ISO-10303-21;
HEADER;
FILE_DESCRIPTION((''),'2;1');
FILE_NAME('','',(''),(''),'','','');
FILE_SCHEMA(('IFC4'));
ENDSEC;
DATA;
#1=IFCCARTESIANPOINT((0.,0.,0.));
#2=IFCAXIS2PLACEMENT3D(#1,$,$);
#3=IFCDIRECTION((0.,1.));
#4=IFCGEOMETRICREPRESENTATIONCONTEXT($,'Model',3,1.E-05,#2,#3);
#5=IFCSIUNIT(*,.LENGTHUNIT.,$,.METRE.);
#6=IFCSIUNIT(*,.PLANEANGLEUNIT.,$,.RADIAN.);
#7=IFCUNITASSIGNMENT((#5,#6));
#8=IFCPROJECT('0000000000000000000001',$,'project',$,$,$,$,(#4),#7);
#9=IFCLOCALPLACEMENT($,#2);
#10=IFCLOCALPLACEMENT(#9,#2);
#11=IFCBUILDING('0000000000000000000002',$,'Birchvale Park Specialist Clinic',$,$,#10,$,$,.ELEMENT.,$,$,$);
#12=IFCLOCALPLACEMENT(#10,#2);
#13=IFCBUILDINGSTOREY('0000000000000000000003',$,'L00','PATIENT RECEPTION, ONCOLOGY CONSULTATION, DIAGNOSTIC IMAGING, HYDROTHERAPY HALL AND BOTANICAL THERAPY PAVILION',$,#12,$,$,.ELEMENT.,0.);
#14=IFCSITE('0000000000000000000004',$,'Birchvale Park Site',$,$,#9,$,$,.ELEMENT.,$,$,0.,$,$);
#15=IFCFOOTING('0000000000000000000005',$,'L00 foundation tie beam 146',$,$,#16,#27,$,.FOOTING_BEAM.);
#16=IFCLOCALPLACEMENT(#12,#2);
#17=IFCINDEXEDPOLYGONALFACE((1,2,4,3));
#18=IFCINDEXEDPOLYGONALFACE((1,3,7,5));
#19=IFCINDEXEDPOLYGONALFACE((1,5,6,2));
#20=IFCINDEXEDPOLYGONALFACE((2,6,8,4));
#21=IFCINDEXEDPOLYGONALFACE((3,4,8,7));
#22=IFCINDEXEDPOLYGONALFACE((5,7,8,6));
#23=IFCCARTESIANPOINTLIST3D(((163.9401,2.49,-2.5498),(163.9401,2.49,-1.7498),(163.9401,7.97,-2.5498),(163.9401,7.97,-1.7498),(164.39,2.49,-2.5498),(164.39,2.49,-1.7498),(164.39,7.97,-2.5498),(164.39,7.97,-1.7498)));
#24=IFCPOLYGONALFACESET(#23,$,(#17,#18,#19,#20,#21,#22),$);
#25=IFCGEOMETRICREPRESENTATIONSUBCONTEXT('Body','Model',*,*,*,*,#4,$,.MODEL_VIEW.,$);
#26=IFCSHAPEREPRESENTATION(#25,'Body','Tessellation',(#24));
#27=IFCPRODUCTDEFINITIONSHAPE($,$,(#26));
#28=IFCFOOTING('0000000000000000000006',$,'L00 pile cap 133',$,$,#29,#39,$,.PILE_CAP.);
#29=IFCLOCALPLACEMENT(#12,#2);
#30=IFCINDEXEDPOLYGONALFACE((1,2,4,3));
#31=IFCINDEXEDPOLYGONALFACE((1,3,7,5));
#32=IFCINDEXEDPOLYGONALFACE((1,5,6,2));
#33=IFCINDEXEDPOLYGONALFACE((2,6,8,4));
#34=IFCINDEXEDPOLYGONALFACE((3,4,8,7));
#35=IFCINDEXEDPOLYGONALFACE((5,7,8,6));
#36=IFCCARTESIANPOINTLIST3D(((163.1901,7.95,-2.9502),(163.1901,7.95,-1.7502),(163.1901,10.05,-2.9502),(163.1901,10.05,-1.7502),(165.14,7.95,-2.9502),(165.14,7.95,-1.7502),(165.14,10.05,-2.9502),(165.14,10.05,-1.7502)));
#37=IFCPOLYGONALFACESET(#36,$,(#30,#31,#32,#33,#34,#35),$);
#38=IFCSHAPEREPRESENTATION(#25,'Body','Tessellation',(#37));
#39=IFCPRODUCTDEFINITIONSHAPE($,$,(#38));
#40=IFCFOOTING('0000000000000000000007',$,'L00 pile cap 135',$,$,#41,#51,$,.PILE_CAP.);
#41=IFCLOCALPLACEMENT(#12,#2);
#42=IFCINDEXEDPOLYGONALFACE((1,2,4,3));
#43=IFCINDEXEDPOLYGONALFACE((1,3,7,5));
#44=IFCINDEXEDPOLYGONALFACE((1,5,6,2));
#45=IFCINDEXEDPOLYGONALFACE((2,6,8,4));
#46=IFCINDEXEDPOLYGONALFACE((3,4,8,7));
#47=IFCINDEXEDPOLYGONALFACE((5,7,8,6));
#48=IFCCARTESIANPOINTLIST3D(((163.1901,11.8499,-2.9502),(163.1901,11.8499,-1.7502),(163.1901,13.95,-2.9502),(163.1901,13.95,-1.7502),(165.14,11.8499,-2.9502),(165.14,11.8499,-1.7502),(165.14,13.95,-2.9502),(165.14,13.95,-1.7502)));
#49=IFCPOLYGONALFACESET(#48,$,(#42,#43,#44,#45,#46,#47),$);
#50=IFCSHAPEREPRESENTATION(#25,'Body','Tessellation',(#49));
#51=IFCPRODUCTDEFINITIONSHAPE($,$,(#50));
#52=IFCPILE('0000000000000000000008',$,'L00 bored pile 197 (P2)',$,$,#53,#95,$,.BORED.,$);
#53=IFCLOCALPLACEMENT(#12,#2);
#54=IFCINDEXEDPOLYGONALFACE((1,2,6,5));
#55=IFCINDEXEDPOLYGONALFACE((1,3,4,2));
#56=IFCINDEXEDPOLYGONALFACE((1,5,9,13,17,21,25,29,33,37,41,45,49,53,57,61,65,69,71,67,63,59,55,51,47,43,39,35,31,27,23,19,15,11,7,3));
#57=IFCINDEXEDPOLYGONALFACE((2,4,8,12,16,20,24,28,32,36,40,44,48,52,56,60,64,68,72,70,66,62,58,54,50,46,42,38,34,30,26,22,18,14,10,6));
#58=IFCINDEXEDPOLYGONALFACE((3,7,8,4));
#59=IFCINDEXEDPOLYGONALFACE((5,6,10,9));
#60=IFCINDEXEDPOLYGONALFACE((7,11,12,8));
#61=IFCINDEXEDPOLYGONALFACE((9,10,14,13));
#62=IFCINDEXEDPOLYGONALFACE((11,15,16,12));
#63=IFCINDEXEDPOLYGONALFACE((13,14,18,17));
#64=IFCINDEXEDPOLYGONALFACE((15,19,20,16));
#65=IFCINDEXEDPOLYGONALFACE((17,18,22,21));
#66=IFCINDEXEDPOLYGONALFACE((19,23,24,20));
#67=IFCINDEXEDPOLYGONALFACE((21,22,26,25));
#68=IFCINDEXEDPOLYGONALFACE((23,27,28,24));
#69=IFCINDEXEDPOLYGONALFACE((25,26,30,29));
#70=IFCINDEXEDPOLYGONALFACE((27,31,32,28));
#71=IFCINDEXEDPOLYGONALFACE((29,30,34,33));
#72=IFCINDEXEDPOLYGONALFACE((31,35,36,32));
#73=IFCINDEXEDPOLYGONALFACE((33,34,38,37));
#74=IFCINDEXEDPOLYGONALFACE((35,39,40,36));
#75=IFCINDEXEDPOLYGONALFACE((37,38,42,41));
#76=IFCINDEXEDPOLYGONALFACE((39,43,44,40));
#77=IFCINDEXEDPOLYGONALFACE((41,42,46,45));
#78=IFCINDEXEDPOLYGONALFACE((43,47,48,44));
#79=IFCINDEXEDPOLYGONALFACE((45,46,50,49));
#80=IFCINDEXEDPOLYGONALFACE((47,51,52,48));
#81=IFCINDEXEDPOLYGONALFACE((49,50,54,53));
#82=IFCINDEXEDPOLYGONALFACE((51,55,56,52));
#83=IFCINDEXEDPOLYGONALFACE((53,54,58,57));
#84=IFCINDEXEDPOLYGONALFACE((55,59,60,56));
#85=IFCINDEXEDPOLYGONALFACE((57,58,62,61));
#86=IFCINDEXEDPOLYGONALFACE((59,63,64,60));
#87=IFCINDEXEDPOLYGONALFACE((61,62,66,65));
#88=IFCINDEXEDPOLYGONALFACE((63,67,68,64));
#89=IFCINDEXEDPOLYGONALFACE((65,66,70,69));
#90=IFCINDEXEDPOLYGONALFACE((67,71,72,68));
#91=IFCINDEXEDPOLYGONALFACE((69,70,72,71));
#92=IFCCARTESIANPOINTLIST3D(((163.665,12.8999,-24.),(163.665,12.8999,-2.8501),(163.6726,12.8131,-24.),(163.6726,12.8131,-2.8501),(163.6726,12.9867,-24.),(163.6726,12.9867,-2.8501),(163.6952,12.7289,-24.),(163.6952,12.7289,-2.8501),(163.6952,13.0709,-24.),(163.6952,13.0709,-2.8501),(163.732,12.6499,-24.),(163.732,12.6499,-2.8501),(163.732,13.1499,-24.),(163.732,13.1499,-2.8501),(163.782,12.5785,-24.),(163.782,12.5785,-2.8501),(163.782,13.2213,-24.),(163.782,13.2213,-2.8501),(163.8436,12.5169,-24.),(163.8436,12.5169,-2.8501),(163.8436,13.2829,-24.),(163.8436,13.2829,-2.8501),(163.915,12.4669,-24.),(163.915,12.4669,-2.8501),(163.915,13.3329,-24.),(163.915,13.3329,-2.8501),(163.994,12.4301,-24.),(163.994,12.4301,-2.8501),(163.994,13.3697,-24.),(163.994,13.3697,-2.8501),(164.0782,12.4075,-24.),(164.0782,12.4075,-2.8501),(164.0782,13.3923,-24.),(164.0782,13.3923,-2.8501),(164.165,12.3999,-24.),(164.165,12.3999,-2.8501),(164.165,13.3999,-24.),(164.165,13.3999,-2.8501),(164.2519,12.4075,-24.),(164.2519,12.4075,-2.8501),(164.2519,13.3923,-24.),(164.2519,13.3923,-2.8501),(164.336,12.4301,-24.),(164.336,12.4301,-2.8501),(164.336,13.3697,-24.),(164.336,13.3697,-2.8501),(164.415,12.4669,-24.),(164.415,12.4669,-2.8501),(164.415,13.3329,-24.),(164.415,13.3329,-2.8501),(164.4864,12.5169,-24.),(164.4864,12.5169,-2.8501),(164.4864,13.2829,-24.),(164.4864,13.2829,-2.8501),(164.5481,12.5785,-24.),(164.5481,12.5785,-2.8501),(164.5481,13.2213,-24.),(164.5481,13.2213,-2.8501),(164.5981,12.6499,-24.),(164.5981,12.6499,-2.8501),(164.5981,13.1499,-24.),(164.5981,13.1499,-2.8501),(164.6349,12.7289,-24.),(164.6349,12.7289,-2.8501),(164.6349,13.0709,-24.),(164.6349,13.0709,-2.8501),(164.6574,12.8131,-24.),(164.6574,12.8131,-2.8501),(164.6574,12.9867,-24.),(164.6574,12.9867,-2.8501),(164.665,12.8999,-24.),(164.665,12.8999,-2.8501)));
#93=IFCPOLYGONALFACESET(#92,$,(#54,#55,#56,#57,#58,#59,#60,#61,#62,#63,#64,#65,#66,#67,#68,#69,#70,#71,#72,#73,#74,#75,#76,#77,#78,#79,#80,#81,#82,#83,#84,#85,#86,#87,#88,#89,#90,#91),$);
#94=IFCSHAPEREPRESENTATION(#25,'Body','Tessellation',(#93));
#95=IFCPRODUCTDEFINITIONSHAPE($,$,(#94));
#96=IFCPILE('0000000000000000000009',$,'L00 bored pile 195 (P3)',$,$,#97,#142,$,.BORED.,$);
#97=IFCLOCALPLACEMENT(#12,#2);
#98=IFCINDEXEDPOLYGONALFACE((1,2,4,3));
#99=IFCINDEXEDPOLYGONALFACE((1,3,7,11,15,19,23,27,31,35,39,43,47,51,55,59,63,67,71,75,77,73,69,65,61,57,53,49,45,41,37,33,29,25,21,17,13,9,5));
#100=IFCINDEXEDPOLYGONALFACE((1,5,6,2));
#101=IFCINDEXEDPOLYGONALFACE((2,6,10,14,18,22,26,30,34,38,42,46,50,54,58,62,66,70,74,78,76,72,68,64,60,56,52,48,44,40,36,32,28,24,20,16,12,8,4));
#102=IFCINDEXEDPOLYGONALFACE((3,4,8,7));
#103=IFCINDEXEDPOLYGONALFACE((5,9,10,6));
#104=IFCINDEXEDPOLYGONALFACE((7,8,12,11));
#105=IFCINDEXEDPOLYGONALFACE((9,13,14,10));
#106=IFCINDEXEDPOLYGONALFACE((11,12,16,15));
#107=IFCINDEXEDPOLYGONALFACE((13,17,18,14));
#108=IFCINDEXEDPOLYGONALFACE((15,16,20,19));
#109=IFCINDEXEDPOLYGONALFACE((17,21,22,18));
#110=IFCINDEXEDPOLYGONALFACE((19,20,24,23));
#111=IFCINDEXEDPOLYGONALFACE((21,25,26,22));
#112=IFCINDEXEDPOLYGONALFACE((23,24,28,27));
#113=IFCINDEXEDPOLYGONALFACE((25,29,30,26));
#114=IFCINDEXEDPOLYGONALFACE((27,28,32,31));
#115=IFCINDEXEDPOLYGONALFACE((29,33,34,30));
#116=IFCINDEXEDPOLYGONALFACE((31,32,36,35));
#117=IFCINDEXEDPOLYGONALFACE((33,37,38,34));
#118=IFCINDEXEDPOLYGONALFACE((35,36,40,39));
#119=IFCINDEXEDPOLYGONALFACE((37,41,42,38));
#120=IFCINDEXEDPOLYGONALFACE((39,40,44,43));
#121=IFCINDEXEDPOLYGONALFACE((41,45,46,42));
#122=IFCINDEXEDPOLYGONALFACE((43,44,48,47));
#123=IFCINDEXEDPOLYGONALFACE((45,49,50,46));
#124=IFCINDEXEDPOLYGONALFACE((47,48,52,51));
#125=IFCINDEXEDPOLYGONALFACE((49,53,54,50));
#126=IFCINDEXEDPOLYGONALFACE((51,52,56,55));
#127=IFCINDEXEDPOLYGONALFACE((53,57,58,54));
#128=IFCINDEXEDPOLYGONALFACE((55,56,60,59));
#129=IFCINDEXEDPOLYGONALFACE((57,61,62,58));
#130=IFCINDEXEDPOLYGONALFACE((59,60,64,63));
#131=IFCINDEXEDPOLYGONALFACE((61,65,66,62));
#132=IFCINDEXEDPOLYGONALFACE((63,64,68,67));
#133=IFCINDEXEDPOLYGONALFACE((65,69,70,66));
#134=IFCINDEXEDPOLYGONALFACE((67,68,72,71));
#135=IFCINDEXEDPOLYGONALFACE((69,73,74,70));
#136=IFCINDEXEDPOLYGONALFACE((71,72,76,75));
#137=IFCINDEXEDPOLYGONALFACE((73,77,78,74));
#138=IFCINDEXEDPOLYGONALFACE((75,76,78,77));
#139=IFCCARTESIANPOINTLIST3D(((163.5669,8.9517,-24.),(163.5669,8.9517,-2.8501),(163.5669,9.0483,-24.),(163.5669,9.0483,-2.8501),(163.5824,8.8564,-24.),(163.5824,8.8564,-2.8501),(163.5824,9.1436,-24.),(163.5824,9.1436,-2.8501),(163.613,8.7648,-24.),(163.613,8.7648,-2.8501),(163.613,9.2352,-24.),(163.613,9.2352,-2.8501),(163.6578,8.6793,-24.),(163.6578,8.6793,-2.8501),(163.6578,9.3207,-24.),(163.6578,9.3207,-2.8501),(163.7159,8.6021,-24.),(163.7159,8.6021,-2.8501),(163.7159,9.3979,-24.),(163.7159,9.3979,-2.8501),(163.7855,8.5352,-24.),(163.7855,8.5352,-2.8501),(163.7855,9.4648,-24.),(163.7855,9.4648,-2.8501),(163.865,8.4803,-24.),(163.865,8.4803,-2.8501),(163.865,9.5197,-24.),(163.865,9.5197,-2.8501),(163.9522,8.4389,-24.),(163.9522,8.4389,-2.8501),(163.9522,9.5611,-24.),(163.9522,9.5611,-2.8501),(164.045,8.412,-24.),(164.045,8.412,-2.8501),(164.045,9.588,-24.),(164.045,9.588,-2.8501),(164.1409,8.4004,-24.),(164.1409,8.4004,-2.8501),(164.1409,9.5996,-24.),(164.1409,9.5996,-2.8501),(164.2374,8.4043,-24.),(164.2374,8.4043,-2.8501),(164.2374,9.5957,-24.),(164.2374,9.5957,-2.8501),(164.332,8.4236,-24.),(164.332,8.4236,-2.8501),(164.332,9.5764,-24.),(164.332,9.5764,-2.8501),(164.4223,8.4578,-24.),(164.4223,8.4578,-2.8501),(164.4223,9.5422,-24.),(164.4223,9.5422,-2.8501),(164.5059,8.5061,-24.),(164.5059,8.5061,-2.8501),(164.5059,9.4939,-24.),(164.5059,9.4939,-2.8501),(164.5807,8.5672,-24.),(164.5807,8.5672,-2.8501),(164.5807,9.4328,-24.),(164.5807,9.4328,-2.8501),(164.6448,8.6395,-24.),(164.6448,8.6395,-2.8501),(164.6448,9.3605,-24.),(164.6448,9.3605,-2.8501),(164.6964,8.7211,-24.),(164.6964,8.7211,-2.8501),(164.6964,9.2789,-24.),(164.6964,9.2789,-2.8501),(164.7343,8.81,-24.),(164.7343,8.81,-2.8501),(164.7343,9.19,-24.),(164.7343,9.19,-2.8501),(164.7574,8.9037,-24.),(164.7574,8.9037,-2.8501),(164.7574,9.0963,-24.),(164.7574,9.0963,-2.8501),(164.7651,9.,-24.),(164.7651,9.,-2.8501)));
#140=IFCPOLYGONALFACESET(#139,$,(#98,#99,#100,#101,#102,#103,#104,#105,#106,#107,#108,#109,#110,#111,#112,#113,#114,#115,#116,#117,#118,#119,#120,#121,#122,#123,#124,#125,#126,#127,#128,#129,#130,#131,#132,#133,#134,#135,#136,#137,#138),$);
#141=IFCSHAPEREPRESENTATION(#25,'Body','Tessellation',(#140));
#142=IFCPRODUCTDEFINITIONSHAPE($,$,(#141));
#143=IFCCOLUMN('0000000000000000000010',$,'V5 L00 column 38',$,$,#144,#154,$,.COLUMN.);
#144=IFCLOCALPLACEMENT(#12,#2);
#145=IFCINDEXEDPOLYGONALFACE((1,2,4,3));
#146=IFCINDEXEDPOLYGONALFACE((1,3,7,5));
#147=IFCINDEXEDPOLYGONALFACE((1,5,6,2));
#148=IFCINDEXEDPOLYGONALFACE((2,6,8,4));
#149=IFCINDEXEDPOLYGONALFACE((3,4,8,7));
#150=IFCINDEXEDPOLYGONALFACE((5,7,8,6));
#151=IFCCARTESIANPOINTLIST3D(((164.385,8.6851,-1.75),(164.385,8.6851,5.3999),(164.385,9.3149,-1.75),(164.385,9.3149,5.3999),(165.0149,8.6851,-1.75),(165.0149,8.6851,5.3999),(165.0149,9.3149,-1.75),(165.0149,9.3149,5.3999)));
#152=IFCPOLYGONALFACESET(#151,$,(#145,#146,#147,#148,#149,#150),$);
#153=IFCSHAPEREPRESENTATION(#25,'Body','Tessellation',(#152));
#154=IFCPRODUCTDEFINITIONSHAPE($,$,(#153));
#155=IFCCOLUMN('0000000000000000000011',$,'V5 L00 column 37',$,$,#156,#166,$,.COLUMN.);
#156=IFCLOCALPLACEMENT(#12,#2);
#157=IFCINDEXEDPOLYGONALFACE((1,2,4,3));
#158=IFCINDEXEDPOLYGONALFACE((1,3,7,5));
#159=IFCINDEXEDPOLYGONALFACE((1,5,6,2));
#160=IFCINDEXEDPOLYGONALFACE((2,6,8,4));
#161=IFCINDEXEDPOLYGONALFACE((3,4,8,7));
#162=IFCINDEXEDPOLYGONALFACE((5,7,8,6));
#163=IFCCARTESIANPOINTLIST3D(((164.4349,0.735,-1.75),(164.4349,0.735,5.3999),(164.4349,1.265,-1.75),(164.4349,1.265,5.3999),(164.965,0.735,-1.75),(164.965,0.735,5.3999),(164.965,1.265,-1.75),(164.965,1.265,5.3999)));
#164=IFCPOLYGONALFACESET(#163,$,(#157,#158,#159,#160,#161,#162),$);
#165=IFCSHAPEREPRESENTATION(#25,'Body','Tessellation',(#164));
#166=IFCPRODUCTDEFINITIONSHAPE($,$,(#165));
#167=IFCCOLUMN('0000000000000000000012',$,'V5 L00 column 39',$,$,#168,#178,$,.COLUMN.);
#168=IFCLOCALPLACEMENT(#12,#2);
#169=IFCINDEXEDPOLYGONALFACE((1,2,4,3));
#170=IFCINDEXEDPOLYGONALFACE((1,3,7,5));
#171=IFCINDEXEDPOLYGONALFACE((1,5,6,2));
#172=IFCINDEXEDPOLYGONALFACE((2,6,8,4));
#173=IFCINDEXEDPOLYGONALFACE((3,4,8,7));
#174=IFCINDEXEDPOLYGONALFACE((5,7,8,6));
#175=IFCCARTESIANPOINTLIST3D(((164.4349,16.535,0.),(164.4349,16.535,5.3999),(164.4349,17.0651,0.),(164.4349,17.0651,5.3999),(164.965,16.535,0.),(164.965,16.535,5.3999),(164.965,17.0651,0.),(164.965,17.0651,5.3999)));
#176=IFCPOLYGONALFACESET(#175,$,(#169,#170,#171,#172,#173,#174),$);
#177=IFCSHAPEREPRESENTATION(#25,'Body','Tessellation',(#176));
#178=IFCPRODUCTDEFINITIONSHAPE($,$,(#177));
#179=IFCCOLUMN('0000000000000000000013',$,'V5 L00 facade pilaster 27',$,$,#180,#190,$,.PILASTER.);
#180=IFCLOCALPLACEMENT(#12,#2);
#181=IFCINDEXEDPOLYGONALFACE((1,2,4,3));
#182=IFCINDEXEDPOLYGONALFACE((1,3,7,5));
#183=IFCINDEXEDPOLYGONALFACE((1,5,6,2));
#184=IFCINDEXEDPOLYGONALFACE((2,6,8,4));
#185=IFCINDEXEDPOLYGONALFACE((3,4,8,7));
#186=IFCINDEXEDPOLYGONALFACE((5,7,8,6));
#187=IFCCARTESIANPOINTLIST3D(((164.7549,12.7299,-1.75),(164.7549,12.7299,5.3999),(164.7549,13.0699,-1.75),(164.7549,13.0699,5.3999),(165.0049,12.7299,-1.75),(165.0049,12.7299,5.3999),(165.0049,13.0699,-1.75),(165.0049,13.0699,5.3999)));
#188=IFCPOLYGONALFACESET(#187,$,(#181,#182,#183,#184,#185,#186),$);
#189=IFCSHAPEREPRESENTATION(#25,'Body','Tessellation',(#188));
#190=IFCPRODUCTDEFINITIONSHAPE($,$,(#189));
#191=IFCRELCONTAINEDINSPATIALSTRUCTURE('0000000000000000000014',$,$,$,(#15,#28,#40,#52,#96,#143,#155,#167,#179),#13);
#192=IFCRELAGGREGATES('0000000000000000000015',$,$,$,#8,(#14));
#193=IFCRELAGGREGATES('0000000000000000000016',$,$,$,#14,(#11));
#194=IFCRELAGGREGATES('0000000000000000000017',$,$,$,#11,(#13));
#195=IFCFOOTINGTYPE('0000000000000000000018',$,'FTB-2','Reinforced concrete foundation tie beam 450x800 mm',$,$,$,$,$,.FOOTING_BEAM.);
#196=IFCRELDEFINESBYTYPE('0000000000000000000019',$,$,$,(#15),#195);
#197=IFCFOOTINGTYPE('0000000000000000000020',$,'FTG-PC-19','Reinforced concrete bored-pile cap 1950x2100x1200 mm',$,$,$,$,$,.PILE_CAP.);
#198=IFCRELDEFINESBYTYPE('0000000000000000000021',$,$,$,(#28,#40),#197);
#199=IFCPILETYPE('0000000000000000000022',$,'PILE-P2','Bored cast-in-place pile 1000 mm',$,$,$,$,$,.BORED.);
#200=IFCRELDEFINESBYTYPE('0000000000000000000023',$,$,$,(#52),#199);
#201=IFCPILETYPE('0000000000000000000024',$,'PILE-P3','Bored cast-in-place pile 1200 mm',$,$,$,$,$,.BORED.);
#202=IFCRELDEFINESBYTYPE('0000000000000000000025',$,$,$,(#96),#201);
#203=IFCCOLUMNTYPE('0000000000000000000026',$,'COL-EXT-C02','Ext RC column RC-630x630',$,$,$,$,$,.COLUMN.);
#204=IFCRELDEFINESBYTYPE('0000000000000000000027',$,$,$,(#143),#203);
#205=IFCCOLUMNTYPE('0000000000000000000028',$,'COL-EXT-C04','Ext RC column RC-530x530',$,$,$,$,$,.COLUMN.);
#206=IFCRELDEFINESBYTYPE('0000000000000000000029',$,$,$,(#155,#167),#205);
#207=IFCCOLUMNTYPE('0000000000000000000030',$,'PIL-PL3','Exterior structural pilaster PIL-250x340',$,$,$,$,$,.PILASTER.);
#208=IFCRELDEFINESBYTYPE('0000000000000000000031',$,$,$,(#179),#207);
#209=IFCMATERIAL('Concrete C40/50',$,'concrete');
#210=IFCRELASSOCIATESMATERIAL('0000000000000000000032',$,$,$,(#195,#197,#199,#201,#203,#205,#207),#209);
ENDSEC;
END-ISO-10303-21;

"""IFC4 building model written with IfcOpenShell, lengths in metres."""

from ifc_helpers import new_model, si_unit, direction, frame, origin, origin_2d, place, context, subcontext, project, spatial, rectangle, circle, extrude, material, material_profile, profile_set, type_object, element, save


model = new_model("IFC4")

# Units and contexts
model_context = context("Model", 3, precision=1e-05, world=origin(), true_north=direction((0.0, 1.0)))
body_context = subcontext(model_context, "Body", "Model", "MODEL_VIEW")
ifc_project = project(units=[si_unit("LENGTHUNIT", "METRE"), si_unit("PLANEANGLEUNIT", "RADIAN")], contexts=[model_context])

# Site, building, storey
site_placement = place(None, origin())
site = spatial("IfcSite", under=ifc_project, at=site_placement, Name="Birchvale Park Site", CompositionType="ELEMENT", RefElevation=0.0)
building_placement = place(site_placement, origin())
building = spatial("IfcBuilding", under=site, at=building_placement, Name="Birchvale Park Specialist Clinic", CompositionType="ELEMENT")
storey_placement = place(building_placement, origin())
storey = spatial("IfcBuildingStorey", under=building, at=storey_placement, Name="L00", Description="PATIENT RECEPTION, ONCOLOGY CONSULTATION, DIAGNOSTIC IMAGING, HYDROTHERAPY HALL AND BOTANICAL THERAPY PAVILION", CompositionType="ELEMENT", Elevation=0.0)

# Footings
ifc_material_1 = material(Name="Concrete C40/50", Category="concrete")
footing_type_1 = type_object("IfcFootingType", Name="FTB-2", Description="Reinforced concrete foundation tie beam 450x800 mm", PredefinedType="FOOTING_BEAM", material=ifc_material_1)
footing_placement = place(storey_placement, frame((164.165, 5.23, -2.5498), z_axis=(0.0, 0.0, 1.0), x_axis=(1.0, 0.0, 0.0)))
element("IfcFooting", 1, at=footing_placement, inside=storey, type_object=footing_type_1, Name="L00 foundation tie beam 146", PredefinedType="FOOTING_BEAM", context=body_context, shape_type="SweptSolid", body=[
    extrude(rectangle(XDim=0.45, YDim=5.48, at=origin_2d()), origin(), (0.0, 0.0, 1.0), 0.8),
])
footing_type_2 = type_object("IfcFootingType", Name="FTG-PC-19", Description="Reinforced concrete bored-pile cap 1950x2100x1200 mm", PredefinedType="PILE_CAP", material=ifc_material_1)
for number, where, z_axis, x_axis, name in (
    (2, (164.165, 9.0, -2.9502), (0.0, 0.0, 1.0), (1.0, 0.0, 0.0), "L00 pile cap 133"),
    (3, (164.165, 12.8999, -2.9502), (0.0, 0.0, 1.0), (1.0, 0.0, 0.0), "L00 pile cap 135"),
):
    element("IfcFooting", number, at=place(storey_placement, frame(where, z_axis=z_axis, x_axis=x_axis)), inside=storey, type_object=footing_type_2, Name=name, PredefinedType="PILE_CAP", context=body_context, shape_type="SweptSolid", body=[
        extrude(rectangle(XDim=1.95, YDim=2.1001, at=origin_2d()), origin(), (0.0, 0.0, 1.0), 1.2),
    ])

# Piles
ifc_material_profile_1 = material_profile(ifc_material_1, circle(Radius=0.5, at=origin_2d()), Name="PILE-1000")
ifc_profile_set_1 = profile_set([ifc_material_profile_1], Name="Concrete C40/50")
pile_type_1 = type_object("IfcPileType", Name="PILE-P2", Description="Bored cast-in-place pile 1000 mm", PredefinedType="BORED", material=ifc_profile_set_1)
pile_1_placement = place(storey_placement, frame((164.165, 12.8999, -2.8501), z_axis=(0.0, 0.0, -1.0), x_axis=(1.0, 0.0, 0.0)))
element("IfcPile", 4, at=pile_1_placement, inside=storey, type_object=pile_type_1, Name="L00 bored pile 197 (P2)", PredefinedType="BORED", context=body_context, shape_type="SweptSolid", body=[
    extrude(circle(Radius=0.5, at=origin_2d()), origin(), (0.0, 0.0, 1.0), 21.1499),
])
ifc_material_profile_2 = material_profile(ifc_material_1, circle(Radius=0.6001, at=origin_2d()), Name="PILE-1200")
ifc_profile_set_2 = profile_set([ifc_material_profile_2], Name="Concrete C40/50")
pile_type_2 = type_object("IfcPileType", Name="PILE-P3", Description="Bored cast-in-place pile 1200 mm", PredefinedType="BORED", material=ifc_profile_set_2)
pile_2_placement = place(storey_placement, frame((164.165, 9.0, -2.8501), z_axis=(0.0, 0.0, -1.0), x_axis=(1.0, 0.0, 0.0)))
element("IfcPile", 5, at=pile_2_placement, inside=storey, type_object=pile_type_2, Name="L00 bored pile 195 (P3)", PredefinedType="BORED", context=body_context, shape_type="SweptSolid", body=[
    extrude(circle(Radius=0.6001, at=origin_2d()), origin(), (0.0, 0.0, 1.0), 21.1499),
])

# Columns
ifc_material_profile_3 = material_profile(ifc_material_1, rectangle(XDim=0.6299, YDim=0.6299, at=origin_2d()), Name="RC-630x630")
ifc_profile_set_3 = profile_set([ifc_material_profile_3], Name="Concrete C40/50")
column_type_1 = type_object("IfcColumnType", Name="COL-EXT-C02", Description="Ext RC column RC-630x630", PredefinedType="COLUMN", material=ifc_profile_set_3)
column_1_placement = place(storey_placement, frame((164.7, 9.0, -1.75), z_axis=(0.0, 0.0, 1.0), x_axis=(1.0, 0.0, 0.0)))
element("IfcColumn", 6, at=column_1_placement, inside=storey, type_object=column_type_1, Name="V5 L00 column 38", PredefinedType="COLUMN", context=body_context, shape_type="SweptSolid", body=[
    extrude(rectangle(XDim=0.6299, YDim=0.6299, at=origin_2d()), origin(), (0.0, 0.0, 1.0), 7.1499),
])
ifc_material_profile_4 = material_profile(ifc_material_1, rectangle(XDim=0.53, YDim=0.53, at=origin_2d()), Name="RC-530x530")
ifc_profile_set_4 = profile_set([ifc_material_profile_4], Name="Concrete C40/50")
column_type_2 = type_object("IfcColumnType", Name="COL-EXT-C04", Description="Ext RC column RC-530x530", PredefinedType="COLUMN", material=ifc_profile_set_4)
column_2_placement = place(storey_placement, frame((164.7, 1.0, -1.75), z_axis=(0.0, 0.0, 1.0), x_axis=(1.0, 0.0, 0.0)))
element("IfcColumn", 7, at=column_2_placement, inside=storey, type_object=column_type_2, Name="V5 L00 column 37", PredefinedType="COLUMN", context=body_context, shape_type="SweptSolid", body=[
    extrude(rectangle(XDim=0.53, YDim=0.53, at=origin_2d()), origin(), (0.0, 0.0, 1.0), 7.1499),
])
column_3_placement = place(storey_placement, frame((164.7, 16.8, 0.0), z_axis=(0.0, 0.0, 1.0), x_axis=(1.0, 0.0, 0.0)))
element("IfcColumn", 8, at=column_3_placement, inside=storey, type_object=column_type_2, Name="V5 L00 column 39", PredefinedType="COLUMN", context=body_context, shape_type="SweptSolid", body=[
    extrude(rectangle(XDim=0.53, YDim=0.53, at=origin_2d()), origin(), (0.0, 0.0, 1.0), 5.3999),
])
ifc_material_profile_5 = material_profile(ifc_material_1, rectangle(XDim=0.25, YDim=0.3401, at=origin_2d()), Name="PIL-250x340")
ifc_profile_set_5 = profile_set([ifc_material_profile_5], Name="Concrete C40/50")
column_type_3 = type_object("IfcColumnType", Name="PIL-PL3", Description="Exterior structural pilaster PIL-250x340", PredefinedType="PILASTER", material=ifc_profile_set_5)
column_4_placement = place(storey_placement, frame((164.8799, 12.8999, -1.75), z_axis=(0.0, 0.0, 1.0), x_axis=(1.0, 0.0, 0.0)))
element("IfcColumn", 9, at=column_4_placement, inside=storey, type_object=column_type_3, Name="V5 L00 facade pilaster 27", PredefinedType="PILASTER", context=body_context, shape_type="SweptSolid", body=[
    extrude(rectangle(XDim=0.25, YDim=0.3401, at=origin_2d()), origin(), (0.0, 0.0, 1.0), 7.1499),
])

save(model, "model.ifc")
